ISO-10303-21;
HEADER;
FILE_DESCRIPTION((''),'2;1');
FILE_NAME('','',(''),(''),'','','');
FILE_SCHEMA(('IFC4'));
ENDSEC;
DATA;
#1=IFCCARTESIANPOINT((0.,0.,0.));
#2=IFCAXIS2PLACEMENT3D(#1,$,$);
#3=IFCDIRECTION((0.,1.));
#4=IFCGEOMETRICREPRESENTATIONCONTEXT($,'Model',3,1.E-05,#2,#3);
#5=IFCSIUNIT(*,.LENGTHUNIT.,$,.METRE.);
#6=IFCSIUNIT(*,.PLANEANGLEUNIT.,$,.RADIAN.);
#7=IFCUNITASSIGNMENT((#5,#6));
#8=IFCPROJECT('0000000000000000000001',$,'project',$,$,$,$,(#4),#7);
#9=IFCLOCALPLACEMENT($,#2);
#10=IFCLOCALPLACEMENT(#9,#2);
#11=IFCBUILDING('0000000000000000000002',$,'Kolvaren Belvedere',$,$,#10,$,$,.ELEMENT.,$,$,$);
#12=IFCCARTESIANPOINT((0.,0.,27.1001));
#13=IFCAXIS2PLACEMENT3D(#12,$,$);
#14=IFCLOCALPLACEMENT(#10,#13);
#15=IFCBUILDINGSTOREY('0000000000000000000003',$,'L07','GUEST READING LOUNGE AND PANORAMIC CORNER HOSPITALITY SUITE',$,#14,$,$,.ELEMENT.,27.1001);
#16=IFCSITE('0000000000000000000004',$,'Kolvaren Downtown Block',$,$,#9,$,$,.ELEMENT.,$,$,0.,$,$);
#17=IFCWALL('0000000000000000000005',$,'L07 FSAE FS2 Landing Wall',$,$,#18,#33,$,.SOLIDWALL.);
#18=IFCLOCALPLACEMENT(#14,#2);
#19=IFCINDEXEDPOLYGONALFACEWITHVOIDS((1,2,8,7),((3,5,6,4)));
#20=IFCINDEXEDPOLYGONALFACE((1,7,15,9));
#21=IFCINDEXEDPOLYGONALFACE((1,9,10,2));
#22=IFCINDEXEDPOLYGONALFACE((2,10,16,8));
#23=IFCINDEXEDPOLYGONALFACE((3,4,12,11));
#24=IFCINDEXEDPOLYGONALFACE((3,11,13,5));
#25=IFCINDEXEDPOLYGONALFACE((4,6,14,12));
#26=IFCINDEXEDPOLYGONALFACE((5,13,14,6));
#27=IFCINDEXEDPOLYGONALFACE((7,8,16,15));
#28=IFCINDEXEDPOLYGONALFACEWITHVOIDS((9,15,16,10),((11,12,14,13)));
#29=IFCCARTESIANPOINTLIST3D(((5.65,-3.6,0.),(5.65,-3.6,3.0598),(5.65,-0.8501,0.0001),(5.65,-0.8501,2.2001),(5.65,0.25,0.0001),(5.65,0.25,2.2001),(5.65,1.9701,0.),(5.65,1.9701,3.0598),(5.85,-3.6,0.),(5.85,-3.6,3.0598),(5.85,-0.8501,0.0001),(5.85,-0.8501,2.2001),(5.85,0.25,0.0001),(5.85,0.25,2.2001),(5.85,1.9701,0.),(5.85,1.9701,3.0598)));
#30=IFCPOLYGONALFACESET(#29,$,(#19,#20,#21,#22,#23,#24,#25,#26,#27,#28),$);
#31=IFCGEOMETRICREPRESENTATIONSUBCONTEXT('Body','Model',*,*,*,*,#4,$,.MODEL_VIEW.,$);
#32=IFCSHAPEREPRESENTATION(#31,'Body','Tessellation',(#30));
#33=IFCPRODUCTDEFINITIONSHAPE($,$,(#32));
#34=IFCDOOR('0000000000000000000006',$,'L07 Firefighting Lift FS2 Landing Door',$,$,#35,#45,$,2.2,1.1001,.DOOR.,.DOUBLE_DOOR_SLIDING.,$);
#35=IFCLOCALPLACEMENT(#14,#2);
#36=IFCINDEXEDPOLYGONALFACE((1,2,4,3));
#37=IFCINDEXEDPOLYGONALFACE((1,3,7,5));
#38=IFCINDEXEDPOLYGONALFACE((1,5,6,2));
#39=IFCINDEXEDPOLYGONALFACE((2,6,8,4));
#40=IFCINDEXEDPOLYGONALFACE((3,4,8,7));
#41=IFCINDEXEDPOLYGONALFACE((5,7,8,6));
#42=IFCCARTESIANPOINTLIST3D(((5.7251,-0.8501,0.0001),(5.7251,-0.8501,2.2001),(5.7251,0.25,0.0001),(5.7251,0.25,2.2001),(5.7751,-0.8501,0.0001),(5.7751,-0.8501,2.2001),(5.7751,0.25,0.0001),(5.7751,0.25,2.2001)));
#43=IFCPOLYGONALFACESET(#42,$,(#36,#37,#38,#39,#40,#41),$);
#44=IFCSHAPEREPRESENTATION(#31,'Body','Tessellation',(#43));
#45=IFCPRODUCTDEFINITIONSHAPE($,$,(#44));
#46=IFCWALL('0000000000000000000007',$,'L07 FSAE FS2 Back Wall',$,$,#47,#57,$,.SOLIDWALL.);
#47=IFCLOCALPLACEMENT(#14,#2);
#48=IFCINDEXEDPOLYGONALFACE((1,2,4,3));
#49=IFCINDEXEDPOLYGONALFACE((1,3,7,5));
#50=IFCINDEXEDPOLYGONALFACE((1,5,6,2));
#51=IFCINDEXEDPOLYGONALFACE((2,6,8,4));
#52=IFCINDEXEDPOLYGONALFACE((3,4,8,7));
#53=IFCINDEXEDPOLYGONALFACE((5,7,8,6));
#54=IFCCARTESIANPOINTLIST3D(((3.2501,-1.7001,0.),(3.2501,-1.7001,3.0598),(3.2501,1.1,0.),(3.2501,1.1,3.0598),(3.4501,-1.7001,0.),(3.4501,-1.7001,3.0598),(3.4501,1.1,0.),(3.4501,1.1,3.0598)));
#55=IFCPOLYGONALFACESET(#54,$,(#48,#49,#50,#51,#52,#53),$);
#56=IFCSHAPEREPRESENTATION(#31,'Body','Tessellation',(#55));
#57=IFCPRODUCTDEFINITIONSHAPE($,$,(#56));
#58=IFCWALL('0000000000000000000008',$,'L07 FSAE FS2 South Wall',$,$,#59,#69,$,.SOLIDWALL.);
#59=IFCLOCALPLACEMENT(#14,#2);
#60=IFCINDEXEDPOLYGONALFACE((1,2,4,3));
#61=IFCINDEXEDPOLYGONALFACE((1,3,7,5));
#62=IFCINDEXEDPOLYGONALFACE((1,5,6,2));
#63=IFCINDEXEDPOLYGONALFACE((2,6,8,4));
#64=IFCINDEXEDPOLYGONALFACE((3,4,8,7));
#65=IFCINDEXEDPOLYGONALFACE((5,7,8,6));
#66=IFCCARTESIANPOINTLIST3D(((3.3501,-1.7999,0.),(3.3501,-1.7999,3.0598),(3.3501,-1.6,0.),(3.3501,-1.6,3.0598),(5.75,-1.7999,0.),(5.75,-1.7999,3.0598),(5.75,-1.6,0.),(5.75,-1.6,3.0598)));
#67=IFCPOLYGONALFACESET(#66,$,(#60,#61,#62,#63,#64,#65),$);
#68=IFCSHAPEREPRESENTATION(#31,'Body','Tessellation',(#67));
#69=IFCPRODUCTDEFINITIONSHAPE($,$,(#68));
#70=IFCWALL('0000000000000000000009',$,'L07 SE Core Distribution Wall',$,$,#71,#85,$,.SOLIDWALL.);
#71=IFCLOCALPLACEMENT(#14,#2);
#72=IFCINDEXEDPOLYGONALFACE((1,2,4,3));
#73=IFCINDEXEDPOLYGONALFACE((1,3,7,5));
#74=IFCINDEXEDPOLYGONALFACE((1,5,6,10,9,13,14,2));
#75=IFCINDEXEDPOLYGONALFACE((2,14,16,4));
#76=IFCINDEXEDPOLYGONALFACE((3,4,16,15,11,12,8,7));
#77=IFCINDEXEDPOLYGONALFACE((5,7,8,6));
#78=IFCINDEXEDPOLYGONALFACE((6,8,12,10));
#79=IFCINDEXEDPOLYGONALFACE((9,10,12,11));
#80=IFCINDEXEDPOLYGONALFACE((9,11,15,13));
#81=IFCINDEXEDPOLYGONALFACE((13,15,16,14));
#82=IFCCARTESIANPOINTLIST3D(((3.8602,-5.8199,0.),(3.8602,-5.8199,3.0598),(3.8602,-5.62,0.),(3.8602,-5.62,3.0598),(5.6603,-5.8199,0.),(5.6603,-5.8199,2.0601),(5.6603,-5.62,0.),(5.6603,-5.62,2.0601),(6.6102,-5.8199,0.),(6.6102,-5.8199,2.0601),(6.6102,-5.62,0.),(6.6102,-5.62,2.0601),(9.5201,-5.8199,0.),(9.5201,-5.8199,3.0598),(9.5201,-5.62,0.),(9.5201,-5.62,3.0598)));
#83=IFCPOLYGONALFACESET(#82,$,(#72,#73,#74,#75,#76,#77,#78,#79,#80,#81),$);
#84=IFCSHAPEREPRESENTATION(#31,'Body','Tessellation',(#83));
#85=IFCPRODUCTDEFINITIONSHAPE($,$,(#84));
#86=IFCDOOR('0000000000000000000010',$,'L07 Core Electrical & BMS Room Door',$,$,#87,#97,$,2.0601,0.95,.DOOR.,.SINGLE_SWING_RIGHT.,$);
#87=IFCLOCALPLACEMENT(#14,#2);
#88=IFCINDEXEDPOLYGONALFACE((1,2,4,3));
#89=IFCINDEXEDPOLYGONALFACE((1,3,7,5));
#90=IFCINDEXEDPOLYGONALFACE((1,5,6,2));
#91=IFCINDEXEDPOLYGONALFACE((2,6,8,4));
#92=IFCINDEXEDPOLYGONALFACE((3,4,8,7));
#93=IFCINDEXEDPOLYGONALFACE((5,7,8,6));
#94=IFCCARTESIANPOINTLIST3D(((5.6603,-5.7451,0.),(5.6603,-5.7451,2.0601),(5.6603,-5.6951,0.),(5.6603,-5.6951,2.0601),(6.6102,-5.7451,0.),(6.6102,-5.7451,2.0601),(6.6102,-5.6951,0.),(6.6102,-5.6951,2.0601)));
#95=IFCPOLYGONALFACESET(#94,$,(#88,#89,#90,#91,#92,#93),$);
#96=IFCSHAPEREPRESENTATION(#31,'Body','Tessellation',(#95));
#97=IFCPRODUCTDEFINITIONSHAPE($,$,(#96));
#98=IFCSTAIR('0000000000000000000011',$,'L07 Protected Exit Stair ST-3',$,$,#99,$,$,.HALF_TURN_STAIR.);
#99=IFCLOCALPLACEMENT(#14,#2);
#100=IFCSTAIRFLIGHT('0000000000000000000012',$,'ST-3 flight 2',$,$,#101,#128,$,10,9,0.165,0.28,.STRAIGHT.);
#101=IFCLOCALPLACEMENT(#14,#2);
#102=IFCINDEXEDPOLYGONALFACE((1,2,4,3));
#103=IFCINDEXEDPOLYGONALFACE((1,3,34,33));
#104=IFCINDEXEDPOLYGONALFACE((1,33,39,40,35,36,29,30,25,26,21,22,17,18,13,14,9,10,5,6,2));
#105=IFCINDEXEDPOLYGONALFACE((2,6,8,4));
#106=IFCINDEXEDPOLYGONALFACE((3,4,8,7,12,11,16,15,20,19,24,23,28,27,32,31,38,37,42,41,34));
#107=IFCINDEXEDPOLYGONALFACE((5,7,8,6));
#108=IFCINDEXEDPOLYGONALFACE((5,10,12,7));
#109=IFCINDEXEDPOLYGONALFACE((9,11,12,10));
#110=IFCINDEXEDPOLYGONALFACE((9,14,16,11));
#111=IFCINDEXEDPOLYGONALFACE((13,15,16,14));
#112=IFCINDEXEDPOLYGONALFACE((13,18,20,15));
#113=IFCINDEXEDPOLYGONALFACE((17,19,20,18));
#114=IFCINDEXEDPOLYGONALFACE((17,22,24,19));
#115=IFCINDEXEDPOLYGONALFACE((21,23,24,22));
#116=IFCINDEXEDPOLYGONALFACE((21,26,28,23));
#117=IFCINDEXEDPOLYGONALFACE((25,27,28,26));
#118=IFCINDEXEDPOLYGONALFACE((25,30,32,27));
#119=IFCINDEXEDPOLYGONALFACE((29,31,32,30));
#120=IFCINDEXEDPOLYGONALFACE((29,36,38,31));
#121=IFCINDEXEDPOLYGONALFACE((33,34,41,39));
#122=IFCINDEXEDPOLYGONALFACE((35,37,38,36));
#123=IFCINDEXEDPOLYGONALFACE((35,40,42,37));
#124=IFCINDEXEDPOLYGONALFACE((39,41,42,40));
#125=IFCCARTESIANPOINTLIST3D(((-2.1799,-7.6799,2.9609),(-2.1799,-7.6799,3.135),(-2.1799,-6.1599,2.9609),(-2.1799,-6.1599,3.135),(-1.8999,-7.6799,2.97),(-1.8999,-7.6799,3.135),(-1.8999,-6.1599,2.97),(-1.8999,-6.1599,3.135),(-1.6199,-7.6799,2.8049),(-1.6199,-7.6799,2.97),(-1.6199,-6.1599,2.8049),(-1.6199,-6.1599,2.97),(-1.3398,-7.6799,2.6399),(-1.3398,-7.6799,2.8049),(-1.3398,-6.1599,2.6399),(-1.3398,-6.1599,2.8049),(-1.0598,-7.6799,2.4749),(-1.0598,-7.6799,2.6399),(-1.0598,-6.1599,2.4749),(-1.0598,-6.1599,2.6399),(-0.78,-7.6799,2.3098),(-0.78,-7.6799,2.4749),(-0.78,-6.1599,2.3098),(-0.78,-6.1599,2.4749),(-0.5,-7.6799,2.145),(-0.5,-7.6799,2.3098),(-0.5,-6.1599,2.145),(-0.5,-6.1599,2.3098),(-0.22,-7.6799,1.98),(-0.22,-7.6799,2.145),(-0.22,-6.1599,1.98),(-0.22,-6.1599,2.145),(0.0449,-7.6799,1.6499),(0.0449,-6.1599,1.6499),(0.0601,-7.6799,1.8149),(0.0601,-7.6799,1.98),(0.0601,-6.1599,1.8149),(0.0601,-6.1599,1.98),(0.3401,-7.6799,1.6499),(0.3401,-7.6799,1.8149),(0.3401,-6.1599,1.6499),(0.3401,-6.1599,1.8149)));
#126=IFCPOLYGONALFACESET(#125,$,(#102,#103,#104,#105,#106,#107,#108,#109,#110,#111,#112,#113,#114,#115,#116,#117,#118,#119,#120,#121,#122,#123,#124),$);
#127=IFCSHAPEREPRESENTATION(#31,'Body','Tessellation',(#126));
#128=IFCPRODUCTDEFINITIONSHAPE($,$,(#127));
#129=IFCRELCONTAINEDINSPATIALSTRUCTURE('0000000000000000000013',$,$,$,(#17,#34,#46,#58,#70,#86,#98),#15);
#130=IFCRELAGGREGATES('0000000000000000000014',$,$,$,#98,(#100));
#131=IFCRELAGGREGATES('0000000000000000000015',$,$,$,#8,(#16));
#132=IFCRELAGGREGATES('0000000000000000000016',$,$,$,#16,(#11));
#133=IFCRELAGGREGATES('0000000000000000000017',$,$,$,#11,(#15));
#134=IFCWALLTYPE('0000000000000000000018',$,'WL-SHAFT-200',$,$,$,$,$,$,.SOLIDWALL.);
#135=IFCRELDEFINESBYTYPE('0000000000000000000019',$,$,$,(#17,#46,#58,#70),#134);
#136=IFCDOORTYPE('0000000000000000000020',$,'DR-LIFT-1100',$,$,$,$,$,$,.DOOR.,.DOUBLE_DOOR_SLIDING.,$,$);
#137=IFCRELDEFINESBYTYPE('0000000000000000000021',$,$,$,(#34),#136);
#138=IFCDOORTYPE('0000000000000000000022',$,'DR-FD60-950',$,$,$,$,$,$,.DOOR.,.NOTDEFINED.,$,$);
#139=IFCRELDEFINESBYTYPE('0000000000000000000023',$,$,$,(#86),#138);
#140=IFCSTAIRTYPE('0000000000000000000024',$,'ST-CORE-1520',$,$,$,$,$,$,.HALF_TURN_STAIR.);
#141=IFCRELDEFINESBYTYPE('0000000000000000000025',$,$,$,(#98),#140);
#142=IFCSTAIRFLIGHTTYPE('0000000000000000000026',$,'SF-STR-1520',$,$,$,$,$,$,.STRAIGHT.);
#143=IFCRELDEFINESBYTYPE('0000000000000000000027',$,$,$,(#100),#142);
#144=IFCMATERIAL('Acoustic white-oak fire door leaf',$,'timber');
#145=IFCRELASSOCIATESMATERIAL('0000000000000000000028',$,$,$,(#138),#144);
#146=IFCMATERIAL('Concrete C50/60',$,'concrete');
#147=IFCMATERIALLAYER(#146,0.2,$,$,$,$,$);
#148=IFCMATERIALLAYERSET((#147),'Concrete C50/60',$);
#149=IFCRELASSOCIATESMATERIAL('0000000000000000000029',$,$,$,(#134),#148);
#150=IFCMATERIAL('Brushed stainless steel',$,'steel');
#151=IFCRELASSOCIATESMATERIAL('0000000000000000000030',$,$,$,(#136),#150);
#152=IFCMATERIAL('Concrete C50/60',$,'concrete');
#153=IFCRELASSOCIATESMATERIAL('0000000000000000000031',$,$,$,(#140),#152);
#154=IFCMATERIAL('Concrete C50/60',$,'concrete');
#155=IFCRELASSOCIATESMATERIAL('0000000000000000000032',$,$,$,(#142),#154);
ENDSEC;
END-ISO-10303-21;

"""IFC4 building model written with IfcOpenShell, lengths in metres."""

from ifc_helpers import new_model, si_unit, direction, frame, frame_2d, origin, place, context, subcontext, project, spatial, polyline, rectangle, outline, extrude, material, layer, layer_set, type_object, element, fill, aggregate, save


model = new_model("IFC4")

# Units and contexts
model_context = context("Model", 3, precision=1e-05, world=origin(), true_north=direction((0.0, 1.0)))
body_context = subcontext(model_context, "Body", "Model", "MODEL_VIEW")
ifc_project = project(units=[si_unit("LENGTHUNIT", "METRE"), si_unit("PLANEANGLEUNIT", "RADIAN")], contexts=[model_context])

# Site, building, storey
site_placement = place(None, origin())
site = spatial("IfcSite", under=ifc_project, at=site_placement, Name="Kolvaren Downtown Block", CompositionType="ELEMENT", RefElevation=0.0)
building_placement = place(site_placement, origin())
building = spatial("IfcBuilding", under=site, at=building_placement, Name="Kolvaren Belvedere", CompositionType="ELEMENT")
storey_placement = place(building_placement, frame((0.0, 0.0, 27.1001)))
storey = spatial("IfcBuildingStorey", under=building, at=storey_placement, Name="L07", Description="GUEST READING LOUNGE AND PANORAMIC CORNER HOSPITALITY SUITE", CompositionType="ELEMENT", Elevation=27.1001)

# Wall, opening, door
ifc_material_1 = material(Name="Acoustic white-oak fire door leaf", Category="timber")
door_type_1 = type_object("IfcDoorType", Name="DR-FD60-950", OperationType="NOTDEFINED", PredefinedType="DOOR", material=ifc_material_1)
ifc_material_2 = material(Name="Concrete C50/60", Category="concrete")
ifc_layer_1 = layer(ifc_material_2, 0.2)
ifc_layer_set_1 = layer_set([ifc_layer_1], Name="Concrete C50/60")
wall_type_1 = type_object("IfcWallType", Name="WL-SHAFT-200", PredefinedType="SOLIDWALL", material=ifc_layer_set_1)
wall_1_placement = place(storey_placement, frame((5.75, -3.6001, 0.0), z_axis=(0.0, 0.0, 1.0), x_axis=(0.0, 1.0, 0.0)))
wall_1 = element("IfcWall", 1, at=wall_1_placement, inside=storey, type_object=wall_type_1, Name="L07 FSAE FS2 Landing Wall", PredefinedType="SOLIDWALL", context=body_context, shape_type="SweptSolid", body=[
    extrude(rectangle(XDim=5.5701, YDim=0.2, at=frame_2d((2.7852, 0.0))), origin(), (0.0, 0.0, 1.0), 3.0598),
])
opening_1_placement = place(wall_1_placement, frame((2.75, 0.0, 0.0)))
opening_1 = element("IfcOpeningElement", 2, at=opening_1_placement, cuts=wall_1, PredefinedType="OPENING", context=body_context, shape_type="SweptSolid", body=[
    extrude(rectangle(XDim=1.1001, YDim=2.2, at=frame_2d((0.55, 1.1001))), frame((0.0, 0.1099, 0.0), z_axis=(0.0, -1.0, 0.0), x_axis=(1.0, 0.0, 0.0)), (0.0, 0.0, 1.0), 0.22),
])
ifc_material_3 = material(Name="Brushed stainless steel", Category="steel")
door_type_2 = type_object("IfcDoorType", Name="DR-LIFT-1100", OperationType="DOUBLE_DOOR_SLIDING", PredefinedType="DOOR", material=ifc_material_3)
door_1_placement = place(opening_1_placement, origin())
door_1 = element("IfcDoor", 3, at=door_1_placement, inside=storey, type_object=door_type_2, Name="L07 Firefighting Lift FS2 Landing Door", OperationType="DOUBLE_DOOR_SLIDING", OverallHeight=2.2, OverallWidth=1.1001, PredefinedType="DOOR", context=body_context, shape_type="SweptSolid", body=[
    extrude(rectangle(XDim=1.1001, YDim=2.2, at=frame_2d((0.55, 1.1001))), frame((0.0, 0.0249, 0.0), z_axis=(0.0, -1.0, 0.0), x_axis=(1.0, 0.0, 0.0)), (0.0, 0.0, 1.0), 0.05),
])
fill(opening_1, door_1)

# Walls
wall_2_placement = place(storey_placement, frame((3.3501, -1.7, 0.0), z_axis=(0.0, 0.0, 1.0), x_axis=(0.0, 1.0, 0.0)))
element("IfcWall", 4, at=wall_2_placement, inside=storey, type_object=wall_type_1, Name="L07 FSAE FS2 Back Wall", PredefinedType="SOLIDWALL", context=body_context, shape_type="SweptSolid", body=[
    extrude(rectangle(XDim=2.8, YDim=0.2, at=frame_2d((1.3999, 0.0))), origin(), (0.0, 0.0, 1.0), 3.0598),
])
wall_3_placement = place(storey_placement, frame((3.3501, -1.7, 0.0), z_axis=(0.0, 0.0, 1.0), x_axis=(1.0, 0.0, 0.0)))
element("IfcWall", 5, at=wall_3_placement, inside=storey, type_object=wall_type_1, Name="L07 FSAE FS2 South Wall", PredefinedType="SOLIDWALL", context=body_context, shape_type="SweptSolid", body=[
    extrude(rectangle(XDim=2.3999, YDim=0.2, at=frame_2d((1.2, 0.0))), origin(), (0.0, 0.0, 1.0), 3.0598),
])

# Wall, opening, door
wall_4_placement = place(storey_placement, frame((3.8601, -5.72, 0.0), z_axis=(0.0, 0.0, 1.0), x_axis=(1.0, 0.0, 0.0)))
wall_4 = element("IfcWall", 6, at=wall_4_placement, inside=storey, type_object=wall_type_1, Name="L07 SE Core Distribution Wall", PredefinedType="SOLIDWALL", context=body_context, shape_type="SweptSolid", body=[
    extrude(rectangle(XDim=5.6599, YDim=0.2, at=frame_2d((2.8301, 0.0))), origin(), (0.0, 0.0, 1.0), 3.0598),
])
opening_2_placement = place(wall_4_placement, frame((1.8, 0.0, 0.0)))
opening_2 = element("IfcOpeningElement", 7, at=opening_2_placement, cuts=wall_4, PredefinedType="OPENING", context=body_context, shape_type="SweptSolid", body=[
    extrude(rectangle(XDim=0.95, YDim=2.0601, at=frame_2d((0.4751, 1.03))), frame((0.0, 0.1099, 0.0), z_axis=(0.0, -1.0, 0.0), x_axis=(1.0, 0.0, 0.0)), (0.0, 0.0, 1.0), 0.22),
])
door_2_placement = place(opening_2_placement, origin())
door_2 = element("IfcDoor", 8, at=door_2_placement, inside=storey, type_object=door_type_1, Name="L07 Core Electrical & BMS Room Door", OperationType="SINGLE_SWING_RIGHT", OverallHeight=2.0601, OverallWidth=0.95, PredefinedType="DOOR", context=body_context, shape_type="SweptSolid", body=[
    extrude(rectangle(XDim=0.95, YDim=2.0601, at=frame_2d((0.4751, 1.03))), frame((0.0, 0.0249, 0.0), z_axis=(0.0, -1.0, 0.0), x_axis=(1.0, 0.0, 0.0)), (0.0, 0.0, 1.0), 0.05),
])
fill(opening_2, door_2)

# Stair, stair flight
ifc_material_4 = material(Name="Concrete C50/60", Category="concrete")
stair_type = type_object("IfcStairType", Name="ST-CORE-1520", PredefinedType="HALF_TURN_STAIR", material=ifc_material_4)
stair_placement = place(storey_placement, origin())
stair = element("IfcStair", 9, at=stair_placement, inside=storey, type_object=stair_type, Name="L07 Protected Exit Stair ST-3", PredefinedType="HALF_TURN_STAIR")
ifc_material_5 = material(Name="Concrete C50/60", Category="concrete")
stair_flight_type = type_object("IfcStairFlightType", Name="SF-STR-1520", PredefinedType="STRAIGHT", material=ifc_material_5)
stair_flight_placement = place(storey_placement, frame((0.3401, -6.9199, 1.6499), z_axis=(0.0, 0.0, 1.0), x_axis=(-1.0, 0.0, 0.0)))
stair_flight = element("IfcStairFlight", 10, at=stair_flight_placement, type_object=stair_flight_type, Name="ST-3 flight 2", NumberOfRisers=10, NumberOfTreads=9, PredefinedType="STRAIGHT", RiserHeight=0.165, TreadLength=0.28, context=body_context, shape_type="SweptSolid", body=[
    extrude(outline(polyline([(0.0, 0.0), (0.0, 0.165), (0.28, 0.165), (0.28, 0.3301), (0.5601, 0.3301), (0.5601, 0.4951), (0.8401, 0.4951), (0.8401, 0.6599), (1.1201, 0.6599), (1.1201, 0.825), (1.3999, 0.825), (1.3999, 0.99), (1.6799, 0.99), (1.6799, 1.155), (1.96, 1.155), (1.96, 1.3201), (2.24, 1.3201), (2.24, 1.4851), (2.52, 1.4851), (2.52, 1.6499), (2.52, 1.311), (0.2952, 0.0), (0.0, 0.0)])), frame((0.0, 0.76, 0.0), z_axis=(0.0, -1.0, 0.0), x_axis=(1.0, 0.0, 0.0)), (0.0, 0.0, 1.0), 1.52),
])
aggregate(stair, [stair_flight])

save(model, "model.ifc")
